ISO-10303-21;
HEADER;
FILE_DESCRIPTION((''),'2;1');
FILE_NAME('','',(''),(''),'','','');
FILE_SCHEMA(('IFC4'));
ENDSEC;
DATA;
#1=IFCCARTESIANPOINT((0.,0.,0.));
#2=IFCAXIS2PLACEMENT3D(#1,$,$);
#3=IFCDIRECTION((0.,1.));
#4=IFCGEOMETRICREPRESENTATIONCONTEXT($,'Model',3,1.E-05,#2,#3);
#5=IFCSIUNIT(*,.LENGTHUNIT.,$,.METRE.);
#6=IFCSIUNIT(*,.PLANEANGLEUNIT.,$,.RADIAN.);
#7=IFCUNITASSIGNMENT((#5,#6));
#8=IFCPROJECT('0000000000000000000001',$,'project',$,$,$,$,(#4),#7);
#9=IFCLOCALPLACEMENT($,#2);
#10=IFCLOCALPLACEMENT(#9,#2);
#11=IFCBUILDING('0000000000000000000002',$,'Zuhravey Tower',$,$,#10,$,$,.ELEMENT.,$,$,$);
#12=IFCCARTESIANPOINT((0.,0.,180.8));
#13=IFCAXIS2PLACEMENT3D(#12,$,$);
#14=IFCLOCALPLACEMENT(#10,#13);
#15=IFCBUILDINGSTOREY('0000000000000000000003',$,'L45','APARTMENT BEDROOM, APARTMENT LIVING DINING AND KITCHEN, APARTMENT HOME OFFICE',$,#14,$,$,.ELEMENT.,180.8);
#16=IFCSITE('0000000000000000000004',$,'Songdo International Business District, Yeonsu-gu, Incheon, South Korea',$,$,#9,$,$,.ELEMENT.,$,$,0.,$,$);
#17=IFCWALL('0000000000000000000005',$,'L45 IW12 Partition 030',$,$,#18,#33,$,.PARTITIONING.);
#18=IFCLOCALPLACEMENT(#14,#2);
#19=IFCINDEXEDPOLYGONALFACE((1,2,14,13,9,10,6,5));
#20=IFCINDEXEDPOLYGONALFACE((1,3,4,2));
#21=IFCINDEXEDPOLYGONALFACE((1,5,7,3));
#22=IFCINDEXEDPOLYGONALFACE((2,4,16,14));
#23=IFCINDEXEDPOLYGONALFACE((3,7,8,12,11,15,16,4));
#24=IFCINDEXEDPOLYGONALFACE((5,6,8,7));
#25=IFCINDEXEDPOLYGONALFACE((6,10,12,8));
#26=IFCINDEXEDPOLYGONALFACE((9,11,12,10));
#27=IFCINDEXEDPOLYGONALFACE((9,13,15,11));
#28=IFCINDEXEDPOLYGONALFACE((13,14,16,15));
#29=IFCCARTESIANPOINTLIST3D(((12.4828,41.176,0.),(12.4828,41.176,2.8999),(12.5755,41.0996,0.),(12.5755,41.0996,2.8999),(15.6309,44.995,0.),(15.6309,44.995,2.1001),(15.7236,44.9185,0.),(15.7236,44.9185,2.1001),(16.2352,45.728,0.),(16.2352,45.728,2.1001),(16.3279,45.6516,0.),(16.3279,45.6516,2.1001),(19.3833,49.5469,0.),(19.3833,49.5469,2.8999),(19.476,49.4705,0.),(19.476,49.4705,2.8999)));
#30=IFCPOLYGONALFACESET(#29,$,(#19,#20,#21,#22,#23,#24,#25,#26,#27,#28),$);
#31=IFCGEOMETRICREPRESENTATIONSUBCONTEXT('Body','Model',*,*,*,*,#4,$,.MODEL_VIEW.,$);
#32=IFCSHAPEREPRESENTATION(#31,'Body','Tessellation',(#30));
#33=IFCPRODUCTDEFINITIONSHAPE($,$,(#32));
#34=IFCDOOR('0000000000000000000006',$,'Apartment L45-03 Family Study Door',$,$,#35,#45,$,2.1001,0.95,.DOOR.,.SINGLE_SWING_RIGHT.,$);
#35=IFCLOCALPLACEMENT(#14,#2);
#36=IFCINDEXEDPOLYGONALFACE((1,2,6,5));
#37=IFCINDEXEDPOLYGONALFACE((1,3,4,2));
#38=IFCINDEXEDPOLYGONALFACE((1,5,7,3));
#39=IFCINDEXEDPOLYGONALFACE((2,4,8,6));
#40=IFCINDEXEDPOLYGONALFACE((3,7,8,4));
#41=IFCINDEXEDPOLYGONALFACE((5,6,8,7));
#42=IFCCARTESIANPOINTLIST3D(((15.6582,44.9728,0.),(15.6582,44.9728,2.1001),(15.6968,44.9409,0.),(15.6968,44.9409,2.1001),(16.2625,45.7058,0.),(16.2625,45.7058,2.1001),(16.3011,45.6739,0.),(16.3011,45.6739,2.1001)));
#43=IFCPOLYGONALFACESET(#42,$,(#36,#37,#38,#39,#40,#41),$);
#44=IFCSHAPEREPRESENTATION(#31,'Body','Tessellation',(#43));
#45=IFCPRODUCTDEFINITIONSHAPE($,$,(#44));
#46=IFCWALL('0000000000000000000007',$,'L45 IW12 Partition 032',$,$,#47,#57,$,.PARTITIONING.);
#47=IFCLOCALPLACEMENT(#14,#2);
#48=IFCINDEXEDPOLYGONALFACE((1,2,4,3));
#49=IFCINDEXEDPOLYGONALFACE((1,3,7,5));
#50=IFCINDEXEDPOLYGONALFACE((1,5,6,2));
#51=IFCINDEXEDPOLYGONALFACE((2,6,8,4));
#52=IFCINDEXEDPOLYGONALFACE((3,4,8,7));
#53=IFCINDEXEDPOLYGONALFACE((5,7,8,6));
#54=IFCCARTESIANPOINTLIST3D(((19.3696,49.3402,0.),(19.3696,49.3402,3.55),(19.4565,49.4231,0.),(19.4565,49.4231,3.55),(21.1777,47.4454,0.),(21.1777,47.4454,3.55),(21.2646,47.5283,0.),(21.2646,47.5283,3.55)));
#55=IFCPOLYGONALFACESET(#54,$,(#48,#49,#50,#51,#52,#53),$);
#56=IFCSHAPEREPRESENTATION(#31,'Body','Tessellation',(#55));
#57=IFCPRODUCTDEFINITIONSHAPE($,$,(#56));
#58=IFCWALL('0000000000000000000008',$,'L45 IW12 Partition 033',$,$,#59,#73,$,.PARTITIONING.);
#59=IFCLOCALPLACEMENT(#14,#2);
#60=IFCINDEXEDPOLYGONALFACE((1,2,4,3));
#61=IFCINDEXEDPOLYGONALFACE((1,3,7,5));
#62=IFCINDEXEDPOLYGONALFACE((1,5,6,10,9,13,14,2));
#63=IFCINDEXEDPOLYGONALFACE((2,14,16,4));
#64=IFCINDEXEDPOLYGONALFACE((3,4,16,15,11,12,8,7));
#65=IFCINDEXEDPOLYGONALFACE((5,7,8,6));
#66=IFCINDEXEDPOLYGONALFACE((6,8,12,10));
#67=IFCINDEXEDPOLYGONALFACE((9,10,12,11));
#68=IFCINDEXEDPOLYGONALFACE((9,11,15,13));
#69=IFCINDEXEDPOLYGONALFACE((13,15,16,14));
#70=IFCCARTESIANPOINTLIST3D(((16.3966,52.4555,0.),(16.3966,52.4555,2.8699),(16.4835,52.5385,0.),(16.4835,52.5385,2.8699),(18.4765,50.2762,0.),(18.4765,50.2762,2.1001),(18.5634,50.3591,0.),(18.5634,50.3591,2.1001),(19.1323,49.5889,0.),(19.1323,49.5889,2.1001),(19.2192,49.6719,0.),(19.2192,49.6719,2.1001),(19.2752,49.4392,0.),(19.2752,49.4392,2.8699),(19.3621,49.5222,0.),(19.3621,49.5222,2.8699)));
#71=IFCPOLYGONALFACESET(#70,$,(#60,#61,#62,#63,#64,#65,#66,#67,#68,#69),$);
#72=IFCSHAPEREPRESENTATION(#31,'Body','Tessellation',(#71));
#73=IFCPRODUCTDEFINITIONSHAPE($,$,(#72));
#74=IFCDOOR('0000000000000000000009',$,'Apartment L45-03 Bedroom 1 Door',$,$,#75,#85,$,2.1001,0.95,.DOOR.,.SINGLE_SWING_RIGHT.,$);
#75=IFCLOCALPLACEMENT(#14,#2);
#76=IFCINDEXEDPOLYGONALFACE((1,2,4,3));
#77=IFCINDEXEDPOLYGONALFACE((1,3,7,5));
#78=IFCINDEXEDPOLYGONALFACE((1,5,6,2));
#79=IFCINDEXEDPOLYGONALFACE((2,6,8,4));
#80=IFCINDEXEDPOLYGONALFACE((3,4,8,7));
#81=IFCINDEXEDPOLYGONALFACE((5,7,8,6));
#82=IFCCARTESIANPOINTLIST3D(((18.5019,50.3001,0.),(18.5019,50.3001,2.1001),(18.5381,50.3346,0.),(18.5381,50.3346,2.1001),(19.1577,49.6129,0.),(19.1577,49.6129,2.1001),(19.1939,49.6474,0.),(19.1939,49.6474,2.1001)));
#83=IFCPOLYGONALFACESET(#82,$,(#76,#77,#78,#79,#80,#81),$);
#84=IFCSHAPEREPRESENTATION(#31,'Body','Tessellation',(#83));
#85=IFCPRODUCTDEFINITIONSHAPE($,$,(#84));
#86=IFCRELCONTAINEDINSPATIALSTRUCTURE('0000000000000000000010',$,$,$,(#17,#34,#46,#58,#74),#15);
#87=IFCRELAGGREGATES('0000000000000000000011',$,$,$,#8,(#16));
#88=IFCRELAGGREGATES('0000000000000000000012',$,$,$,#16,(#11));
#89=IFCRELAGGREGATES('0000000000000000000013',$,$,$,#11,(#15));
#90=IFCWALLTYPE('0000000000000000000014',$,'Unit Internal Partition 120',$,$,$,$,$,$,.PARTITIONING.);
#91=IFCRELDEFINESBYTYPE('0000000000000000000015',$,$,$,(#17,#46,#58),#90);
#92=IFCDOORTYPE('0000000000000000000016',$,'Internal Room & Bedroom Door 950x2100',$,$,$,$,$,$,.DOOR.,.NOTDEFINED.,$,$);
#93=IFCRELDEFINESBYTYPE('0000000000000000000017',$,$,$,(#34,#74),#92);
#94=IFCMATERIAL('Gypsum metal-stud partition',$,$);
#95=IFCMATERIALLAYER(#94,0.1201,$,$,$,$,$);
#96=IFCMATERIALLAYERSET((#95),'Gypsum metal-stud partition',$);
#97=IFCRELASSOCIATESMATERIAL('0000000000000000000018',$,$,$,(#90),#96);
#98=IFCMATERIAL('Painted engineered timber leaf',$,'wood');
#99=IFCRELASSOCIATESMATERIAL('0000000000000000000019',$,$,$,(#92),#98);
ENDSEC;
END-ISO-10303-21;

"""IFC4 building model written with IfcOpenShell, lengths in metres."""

from ifc_helpers import new_model, si_unit, direction, frame, frame_2d, origin, place, context, subcontext, project, spatial, rectangle, extrude, material, layer, layer_set, type_object, element, fill, save


model = new_model("IFC4")

# Units and contexts
model_context = context("Model", 3, precision=1e-05, world=origin(), true_north=direction((0.0, 1.0)))
body_context = subcontext(model_context, "Body", "Model", "MODEL_VIEW")
ifc_project = project(units=[si_unit("LENGTHUNIT", "METRE"), si_unit("PLANEANGLEUNIT", "RADIAN")], contexts=[model_context])

# Site, building, storey
site_placement = place(None, origin())
site = spatial("IfcSite", under=ifc_project, at=site_placement, Name="Songdo International Business District, Yeonsu-gu, Incheon, South Korea", CompositionType="ELEMENT", RefElevation=0.0)
building_placement = place(site_placement, origin())
building = spatial("IfcBuilding", under=site, at=building_placement, Name="Zuhravey Tower", CompositionType="ELEMENT")
storey_placement = place(building_placement, frame((0.0, 0.0, 180.8)))
storey = spatial("IfcBuildingStorey", under=building, at=storey_placement, Name="L45", Description="APARTMENT BEDROOM, APARTMENT LIVING DINING AND KITCHEN, APARTMENT HOME OFFICE", CompositionType="ELEMENT", Elevation=180.8)

# Wall, opening, door
ifc_material_1 = material(Name="Gypsum metal-stud partition")
ifc_layer_1 = layer(ifc_material_1, 0.1201)
ifc_layer_set_1 = layer_set([ifc_layer_1], Name="Gypsum metal-stud partition")
wall_type_1 = type_object("IfcWallType", Name="Unit Internal Partition 120", PredefinedType="PARTITIONING", material=ifc_layer_set_1)
wall_1_placement = place(storey_placement, frame((19.4297, 49.5088, 0.0), z_axis=(0.0, 0.0, 1.0), x_axis=(-0.636078, -0.771625, 0.0)))
wall_1 = element("IfcWall", 1, at=wall_1_placement, inside=storey, type_object=wall_type_1, Name="L45 IW12 Partition 030", PredefinedType="PARTITIONING", context=body_context, shape_type="SweptSolid", body=[
    extrude(rectangle(XDim=10.8484, YDim=0.1201, at=frame_2d((5.4243, 0.0))), origin(), (0.0, 0.0, 1.0), 2.8999),
])
opening_1_placement = place(wall_1_placement, frame((4.9492, 0.0, 0.0)))
opening_1 = element("IfcOpeningElement", 2, at=opening_1_placement, cuts=wall_1, PredefinedType="OPENING", context=body_context, shape_type="SweptSolid", body=[
    extrude(rectangle(XDim=0.95, YDim=2.1001, at=frame_2d((0.4751, 1.05))), frame((0.0, 0.072, 0.0), z_axis=(0.0, -1.0, 0.0), x_axis=(1.0, 0.0, 0.0)), (0.0, 0.0, 1.0), 0.144),
])
ifc_material_2 = material(Name="Painted engineered timber leaf", Category="wood")
door_type = type_object("IfcDoorType", Name="Internal Room & Bedroom Door 950x2100", OperationType="NOTDEFINED", PredefinedType="DOOR", material=ifc_material_2)
door_1_placement = place(opening_1_placement, frame((0.95, 0.0, 0.0), z_axis=(0.0, 0.0, 1.0), x_axis=(-1.0, 0.0, 0.0)))
door_1 = element("IfcDoor", 3, at=door_1_placement, inside=storey, type_object=door_type, Name="Apartment L45-03 Family Study Door", OperationType="SINGLE_SWING_RIGHT", OverallHeight=2.1001, OverallWidth=0.95, PredefinedType="DOOR", context=body_context, shape_type="SweptSolid", body=[
    extrude(rectangle(XDim=0.95, YDim=2.1001, at=frame_2d((0.4751, 1.05))), frame((0.0, 0.0249, 0.0), z_axis=(0.0, -1.0, 0.0), x_axis=(1.0, 0.0, 0.0)), (0.0, 0.0, 1.0), 0.05),
])
fill(opening_1, door_1)

# Wall
wall_2_placement = place(storey_placement, frame((21.2212, 47.4868, 0.0), z_axis=(0.0, 0.0, 1.0), x_axis=(-0.690367, 0.723459, 0.0)))
element("IfcWall", 4, at=wall_2_placement, inside=storey, type_object=wall_type_1, Name="L45 IW12 Partition 032", PredefinedType="PARTITIONING", context=body_context, shape_type="SweptSolid", body=[
    extrude(rectangle(XDim=2.6191, YDim=0.1201, at=frame_2d((1.3096, 0.0))), origin(), (0.0, 0.0, 1.0), 3.55),
])

# Wall, opening, door
wall_3_placement = place(storey_placement, frame((19.3186, 49.4807, 0.0), z_axis=(0.0, 0.0, 1.0), x_axis=(-0.690402, 0.723426, 0.0)))
wall_3 = element("IfcWall", 5, at=wall_3_placement, inside=storey, type_object=wall_type_1, Name="L45 IW12 Partition 033", PredefinedType="PARTITIONING", context=body_context, shape_type="SweptSolid", body=[
    extrude(rectangle(XDim=4.1694, YDim=0.1201, at=frame_2d((2.0847, 0.0))), origin(), (0.0, 0.0, 1.0), 2.8699),
])
opening_2_placement = place(wall_3_placement, frame((0.2068, 0.0, 0.0)))
opening_2 = element("IfcOpeningElement", 6, at=opening_2_placement, cuts=wall_3, PredefinedType="OPENING", context=body_context, shape_type="SweptSolid", body=[
    extrude(rectangle(XDim=0.95, YDim=2.1001, at=frame_2d((0.4751, 1.05))), frame((0.0, 0.072, 0.0), z_axis=(0.0, -1.0, 0.0), x_axis=(1.0, 0.0, 0.0)), (0.0, 0.0, 1.0), 0.144),
])
door_2_placement = place(opening_2_placement, frame((0.95, 0.0, 0.0), z_axis=(0.0, 0.0, 1.0), x_axis=(-1.0, 0.0, 0.0)))
door_2 = element("IfcDoor", 7, at=door_2_placement, inside=storey, type_object=door_type, Name="Apartment L45-03 Bedroom 1 Door", OperationType="SINGLE_SWING_RIGHT", OverallHeight=2.1001, OverallWidth=0.95, PredefinedType="DOOR", context=body_context, shape_type="SweptSolid", body=[
    extrude(rectangle(XDim=0.95, YDim=2.1001, at=frame_2d((0.4751, 1.05))), frame((0.0, 0.0249, 0.0), z_axis=(0.0, -1.0, 0.0), x_axis=(1.0, 0.0, 0.0)), (0.0, 0.0, 1.0), 0.05),
])
fill(opening_2, door_2)

save(model, "model.ifc")
